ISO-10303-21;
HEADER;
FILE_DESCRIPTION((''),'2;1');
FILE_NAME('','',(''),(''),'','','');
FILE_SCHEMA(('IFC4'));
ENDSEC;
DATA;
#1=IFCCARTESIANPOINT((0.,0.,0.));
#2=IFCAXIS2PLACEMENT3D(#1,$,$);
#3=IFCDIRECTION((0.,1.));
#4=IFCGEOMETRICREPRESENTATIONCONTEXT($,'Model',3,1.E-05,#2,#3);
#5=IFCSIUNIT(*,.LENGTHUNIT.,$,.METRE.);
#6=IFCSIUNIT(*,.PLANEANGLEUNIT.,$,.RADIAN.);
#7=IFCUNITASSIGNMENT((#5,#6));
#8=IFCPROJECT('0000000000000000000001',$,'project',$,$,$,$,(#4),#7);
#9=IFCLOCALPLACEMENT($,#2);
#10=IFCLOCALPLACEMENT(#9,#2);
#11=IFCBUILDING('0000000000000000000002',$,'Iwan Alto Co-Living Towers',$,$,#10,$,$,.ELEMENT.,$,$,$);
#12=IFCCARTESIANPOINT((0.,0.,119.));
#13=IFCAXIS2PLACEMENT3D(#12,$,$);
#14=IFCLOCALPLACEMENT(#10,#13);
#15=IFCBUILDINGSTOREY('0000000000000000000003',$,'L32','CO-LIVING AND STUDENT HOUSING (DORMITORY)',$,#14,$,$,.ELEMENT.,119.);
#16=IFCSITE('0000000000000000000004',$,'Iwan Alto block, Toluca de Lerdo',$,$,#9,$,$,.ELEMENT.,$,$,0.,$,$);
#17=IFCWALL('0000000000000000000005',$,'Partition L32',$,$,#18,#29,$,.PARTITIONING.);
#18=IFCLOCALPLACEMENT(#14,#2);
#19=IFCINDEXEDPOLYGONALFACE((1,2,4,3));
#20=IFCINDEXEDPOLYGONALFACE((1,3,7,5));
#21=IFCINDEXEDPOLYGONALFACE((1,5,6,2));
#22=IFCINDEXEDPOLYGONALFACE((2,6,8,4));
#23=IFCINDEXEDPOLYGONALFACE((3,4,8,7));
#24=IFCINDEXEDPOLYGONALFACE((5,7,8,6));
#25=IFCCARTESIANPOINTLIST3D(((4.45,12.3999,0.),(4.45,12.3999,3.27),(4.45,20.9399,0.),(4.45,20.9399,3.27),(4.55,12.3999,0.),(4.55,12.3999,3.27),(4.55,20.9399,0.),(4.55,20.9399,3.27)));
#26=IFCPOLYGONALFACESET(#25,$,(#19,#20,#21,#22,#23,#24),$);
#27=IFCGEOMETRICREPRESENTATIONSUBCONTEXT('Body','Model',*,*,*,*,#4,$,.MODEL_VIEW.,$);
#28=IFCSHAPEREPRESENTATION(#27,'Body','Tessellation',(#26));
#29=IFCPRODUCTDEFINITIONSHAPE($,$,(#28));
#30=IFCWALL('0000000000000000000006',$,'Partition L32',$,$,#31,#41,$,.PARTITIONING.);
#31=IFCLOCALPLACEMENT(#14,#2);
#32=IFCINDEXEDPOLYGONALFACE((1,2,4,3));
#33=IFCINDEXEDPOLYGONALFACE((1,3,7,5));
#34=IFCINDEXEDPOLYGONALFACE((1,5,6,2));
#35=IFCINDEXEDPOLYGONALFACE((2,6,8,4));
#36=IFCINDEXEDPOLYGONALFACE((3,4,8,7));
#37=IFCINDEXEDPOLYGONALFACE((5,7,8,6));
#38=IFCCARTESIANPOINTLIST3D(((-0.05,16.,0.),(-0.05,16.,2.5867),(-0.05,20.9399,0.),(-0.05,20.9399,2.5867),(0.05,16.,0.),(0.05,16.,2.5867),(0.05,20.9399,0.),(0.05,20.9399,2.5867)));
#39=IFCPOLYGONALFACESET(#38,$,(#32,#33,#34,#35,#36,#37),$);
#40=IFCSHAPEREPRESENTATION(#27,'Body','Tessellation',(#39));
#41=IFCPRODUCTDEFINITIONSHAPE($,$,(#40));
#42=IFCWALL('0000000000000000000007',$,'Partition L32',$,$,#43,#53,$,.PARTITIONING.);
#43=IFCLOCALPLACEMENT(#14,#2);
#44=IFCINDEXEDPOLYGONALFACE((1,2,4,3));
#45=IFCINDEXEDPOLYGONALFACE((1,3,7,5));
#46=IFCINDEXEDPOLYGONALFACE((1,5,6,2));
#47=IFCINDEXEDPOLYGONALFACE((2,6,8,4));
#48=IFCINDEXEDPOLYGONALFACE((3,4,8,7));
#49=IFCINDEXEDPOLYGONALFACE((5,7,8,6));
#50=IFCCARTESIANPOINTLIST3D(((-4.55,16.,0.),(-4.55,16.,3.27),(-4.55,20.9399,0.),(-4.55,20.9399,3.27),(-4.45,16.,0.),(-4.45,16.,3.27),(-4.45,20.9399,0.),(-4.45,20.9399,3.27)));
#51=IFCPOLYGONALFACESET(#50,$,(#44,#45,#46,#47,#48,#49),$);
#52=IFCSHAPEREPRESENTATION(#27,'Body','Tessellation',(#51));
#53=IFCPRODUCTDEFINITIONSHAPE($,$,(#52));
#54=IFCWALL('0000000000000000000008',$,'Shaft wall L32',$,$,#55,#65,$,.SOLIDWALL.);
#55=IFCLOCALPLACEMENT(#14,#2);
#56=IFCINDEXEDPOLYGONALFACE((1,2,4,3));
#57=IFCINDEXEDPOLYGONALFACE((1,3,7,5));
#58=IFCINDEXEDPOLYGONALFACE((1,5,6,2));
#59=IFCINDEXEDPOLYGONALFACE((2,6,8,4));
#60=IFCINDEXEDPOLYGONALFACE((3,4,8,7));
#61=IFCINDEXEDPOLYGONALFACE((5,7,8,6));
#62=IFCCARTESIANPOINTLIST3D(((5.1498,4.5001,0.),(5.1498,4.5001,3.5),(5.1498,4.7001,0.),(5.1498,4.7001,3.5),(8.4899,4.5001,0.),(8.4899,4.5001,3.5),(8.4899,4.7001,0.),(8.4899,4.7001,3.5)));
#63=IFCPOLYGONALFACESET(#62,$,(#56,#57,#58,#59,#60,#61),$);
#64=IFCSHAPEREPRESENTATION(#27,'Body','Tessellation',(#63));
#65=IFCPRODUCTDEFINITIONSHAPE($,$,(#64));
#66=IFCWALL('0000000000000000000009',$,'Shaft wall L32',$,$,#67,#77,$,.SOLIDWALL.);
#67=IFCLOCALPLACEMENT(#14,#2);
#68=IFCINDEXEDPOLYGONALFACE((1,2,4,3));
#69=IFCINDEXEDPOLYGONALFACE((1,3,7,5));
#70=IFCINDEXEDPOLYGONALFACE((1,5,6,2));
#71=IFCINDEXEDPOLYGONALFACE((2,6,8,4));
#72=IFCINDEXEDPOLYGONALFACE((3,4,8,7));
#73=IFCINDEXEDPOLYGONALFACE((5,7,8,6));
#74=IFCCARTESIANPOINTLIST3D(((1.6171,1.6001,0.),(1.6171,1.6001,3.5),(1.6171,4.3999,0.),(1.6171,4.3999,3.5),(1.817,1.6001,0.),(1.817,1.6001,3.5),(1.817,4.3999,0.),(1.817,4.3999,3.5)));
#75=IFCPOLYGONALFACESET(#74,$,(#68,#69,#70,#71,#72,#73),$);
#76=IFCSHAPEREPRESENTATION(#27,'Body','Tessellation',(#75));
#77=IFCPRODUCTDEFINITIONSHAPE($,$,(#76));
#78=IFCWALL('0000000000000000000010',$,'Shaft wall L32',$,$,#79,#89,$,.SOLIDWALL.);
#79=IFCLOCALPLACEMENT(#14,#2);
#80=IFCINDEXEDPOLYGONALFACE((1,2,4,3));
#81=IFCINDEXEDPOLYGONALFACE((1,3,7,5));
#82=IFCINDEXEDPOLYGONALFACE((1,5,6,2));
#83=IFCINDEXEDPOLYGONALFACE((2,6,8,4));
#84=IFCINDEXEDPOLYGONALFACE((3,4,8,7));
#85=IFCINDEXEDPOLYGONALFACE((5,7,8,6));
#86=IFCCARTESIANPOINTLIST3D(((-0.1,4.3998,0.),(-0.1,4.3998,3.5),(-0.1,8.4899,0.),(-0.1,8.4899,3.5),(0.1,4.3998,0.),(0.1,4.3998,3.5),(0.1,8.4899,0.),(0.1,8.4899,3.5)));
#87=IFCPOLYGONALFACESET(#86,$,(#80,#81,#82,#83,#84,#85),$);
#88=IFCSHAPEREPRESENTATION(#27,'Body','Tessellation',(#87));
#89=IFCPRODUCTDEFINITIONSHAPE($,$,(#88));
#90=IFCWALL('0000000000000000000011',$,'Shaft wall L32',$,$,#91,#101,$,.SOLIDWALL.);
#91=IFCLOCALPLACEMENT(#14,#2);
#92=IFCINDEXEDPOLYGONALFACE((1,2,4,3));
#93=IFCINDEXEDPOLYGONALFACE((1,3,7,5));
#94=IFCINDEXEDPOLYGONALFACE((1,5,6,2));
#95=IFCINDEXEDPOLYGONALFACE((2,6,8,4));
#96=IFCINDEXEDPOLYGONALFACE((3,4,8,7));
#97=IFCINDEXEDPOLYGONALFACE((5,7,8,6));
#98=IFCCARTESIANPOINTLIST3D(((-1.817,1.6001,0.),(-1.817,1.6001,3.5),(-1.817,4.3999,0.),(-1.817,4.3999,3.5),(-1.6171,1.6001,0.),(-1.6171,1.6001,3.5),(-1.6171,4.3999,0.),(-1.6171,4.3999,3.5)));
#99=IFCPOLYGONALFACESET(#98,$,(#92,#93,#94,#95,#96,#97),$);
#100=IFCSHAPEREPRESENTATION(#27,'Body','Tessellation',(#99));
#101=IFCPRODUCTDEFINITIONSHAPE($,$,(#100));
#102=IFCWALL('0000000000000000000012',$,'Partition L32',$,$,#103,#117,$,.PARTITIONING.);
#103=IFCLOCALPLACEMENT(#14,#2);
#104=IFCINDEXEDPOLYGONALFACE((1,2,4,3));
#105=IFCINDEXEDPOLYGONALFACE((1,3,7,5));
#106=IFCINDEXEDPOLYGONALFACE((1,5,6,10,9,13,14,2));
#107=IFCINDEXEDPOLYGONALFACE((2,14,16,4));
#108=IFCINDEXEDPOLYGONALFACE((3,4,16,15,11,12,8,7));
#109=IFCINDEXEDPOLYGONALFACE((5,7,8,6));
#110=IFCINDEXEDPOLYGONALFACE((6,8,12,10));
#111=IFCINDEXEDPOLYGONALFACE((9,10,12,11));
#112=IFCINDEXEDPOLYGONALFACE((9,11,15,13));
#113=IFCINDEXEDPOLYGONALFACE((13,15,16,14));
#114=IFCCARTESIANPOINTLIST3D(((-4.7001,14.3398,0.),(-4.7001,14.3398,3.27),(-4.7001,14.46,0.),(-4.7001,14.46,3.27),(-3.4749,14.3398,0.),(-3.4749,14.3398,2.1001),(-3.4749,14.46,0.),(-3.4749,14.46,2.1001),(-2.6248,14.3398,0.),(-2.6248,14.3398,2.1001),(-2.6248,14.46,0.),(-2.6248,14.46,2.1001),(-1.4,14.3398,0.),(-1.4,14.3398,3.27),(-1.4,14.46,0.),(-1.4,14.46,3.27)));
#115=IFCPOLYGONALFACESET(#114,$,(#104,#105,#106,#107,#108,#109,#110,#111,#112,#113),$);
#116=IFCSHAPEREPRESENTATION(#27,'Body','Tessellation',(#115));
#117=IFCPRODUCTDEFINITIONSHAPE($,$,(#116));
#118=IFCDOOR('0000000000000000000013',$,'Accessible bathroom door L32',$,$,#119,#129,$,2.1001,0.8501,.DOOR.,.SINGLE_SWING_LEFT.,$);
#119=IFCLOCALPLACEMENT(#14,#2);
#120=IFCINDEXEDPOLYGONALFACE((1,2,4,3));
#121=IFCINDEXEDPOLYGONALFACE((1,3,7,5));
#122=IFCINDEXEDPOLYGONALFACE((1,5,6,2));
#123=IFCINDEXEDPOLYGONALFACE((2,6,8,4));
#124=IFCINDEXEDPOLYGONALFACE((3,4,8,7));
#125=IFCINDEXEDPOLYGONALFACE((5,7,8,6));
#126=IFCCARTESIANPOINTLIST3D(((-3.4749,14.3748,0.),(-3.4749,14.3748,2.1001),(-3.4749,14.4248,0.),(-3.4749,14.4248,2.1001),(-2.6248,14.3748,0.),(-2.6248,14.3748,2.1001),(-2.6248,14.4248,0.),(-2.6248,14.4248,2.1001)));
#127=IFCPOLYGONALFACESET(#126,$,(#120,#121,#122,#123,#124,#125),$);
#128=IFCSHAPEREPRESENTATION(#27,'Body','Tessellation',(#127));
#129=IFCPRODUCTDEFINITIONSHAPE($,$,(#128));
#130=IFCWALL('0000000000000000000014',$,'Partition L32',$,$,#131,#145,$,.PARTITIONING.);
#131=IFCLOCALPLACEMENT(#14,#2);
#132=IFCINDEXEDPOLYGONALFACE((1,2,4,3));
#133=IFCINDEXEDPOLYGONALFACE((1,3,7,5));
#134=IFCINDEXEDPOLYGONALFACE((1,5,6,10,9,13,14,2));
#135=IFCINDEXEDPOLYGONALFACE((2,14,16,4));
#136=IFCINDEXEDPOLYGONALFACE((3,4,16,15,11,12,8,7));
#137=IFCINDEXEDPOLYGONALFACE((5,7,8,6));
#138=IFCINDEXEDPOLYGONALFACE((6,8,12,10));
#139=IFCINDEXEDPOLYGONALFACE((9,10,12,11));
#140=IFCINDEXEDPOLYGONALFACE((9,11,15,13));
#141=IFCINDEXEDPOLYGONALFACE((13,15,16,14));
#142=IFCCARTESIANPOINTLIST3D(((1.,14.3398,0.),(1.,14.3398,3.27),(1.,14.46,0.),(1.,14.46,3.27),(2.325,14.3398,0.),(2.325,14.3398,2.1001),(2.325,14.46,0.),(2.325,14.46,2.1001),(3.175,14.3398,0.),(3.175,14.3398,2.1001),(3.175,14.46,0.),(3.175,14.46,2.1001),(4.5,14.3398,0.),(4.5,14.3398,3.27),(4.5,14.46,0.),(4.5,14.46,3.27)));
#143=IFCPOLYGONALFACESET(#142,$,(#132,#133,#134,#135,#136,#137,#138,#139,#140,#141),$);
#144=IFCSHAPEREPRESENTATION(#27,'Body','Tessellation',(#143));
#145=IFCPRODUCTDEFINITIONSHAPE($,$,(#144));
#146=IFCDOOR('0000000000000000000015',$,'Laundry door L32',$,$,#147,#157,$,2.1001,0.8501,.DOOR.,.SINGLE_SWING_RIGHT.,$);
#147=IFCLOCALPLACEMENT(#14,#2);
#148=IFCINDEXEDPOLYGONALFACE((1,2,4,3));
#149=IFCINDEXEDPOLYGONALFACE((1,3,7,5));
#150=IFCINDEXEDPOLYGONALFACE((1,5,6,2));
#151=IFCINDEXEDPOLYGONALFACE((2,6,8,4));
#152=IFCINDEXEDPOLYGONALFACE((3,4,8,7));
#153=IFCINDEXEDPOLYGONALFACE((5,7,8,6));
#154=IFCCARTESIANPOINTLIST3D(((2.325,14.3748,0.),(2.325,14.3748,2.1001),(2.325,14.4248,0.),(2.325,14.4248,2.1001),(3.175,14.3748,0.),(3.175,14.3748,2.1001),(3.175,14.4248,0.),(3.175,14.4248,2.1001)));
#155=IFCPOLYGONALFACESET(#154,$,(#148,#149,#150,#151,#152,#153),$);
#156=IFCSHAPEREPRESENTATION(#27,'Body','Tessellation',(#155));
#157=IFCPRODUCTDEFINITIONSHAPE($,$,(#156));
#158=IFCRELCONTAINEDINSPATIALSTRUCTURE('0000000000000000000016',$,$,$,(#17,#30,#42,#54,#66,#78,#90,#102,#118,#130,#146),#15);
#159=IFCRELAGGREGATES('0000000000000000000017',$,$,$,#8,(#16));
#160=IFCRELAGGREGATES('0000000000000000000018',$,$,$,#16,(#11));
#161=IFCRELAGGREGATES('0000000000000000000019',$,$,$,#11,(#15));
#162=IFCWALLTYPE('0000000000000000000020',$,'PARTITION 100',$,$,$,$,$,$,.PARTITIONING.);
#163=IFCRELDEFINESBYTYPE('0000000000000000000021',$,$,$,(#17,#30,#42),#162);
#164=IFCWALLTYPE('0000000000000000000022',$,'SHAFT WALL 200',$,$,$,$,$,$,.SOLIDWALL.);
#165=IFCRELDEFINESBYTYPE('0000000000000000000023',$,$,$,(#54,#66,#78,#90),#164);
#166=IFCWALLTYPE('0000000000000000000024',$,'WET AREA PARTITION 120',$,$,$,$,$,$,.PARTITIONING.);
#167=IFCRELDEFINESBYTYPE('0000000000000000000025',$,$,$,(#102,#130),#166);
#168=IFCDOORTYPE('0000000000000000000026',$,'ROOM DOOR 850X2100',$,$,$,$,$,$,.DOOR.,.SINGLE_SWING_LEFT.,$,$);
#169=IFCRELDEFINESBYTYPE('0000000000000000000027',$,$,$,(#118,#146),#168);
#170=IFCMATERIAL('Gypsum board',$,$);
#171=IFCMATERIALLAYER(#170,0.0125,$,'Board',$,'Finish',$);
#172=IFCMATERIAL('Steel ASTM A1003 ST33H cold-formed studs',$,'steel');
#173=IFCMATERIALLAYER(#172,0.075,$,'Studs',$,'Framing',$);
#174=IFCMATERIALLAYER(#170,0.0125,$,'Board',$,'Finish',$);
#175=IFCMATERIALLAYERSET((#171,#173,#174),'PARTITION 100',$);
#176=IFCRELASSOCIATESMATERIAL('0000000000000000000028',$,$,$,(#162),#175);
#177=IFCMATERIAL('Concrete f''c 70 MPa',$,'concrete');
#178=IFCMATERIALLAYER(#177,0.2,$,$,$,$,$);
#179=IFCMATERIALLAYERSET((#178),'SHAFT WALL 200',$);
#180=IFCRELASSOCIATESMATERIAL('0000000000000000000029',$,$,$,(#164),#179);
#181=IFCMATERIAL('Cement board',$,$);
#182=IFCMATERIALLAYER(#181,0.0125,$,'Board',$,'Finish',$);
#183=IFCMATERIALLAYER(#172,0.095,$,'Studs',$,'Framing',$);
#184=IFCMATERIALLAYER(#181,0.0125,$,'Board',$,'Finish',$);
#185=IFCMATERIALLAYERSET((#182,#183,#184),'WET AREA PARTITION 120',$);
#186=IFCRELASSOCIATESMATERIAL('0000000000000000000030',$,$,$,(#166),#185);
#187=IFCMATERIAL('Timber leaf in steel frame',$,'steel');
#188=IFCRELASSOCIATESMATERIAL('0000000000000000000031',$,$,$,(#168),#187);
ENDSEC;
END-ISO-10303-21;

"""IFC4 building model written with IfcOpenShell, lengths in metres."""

from ifc_helpers import new_model, si_unit, direction, frame, frame_2d, origin, place, context, subcontext, project, spatial, rectangle, extrude, material, layer, layer_set, type_object, element, fill, save


model = new_model("IFC4")

# Units and contexts
model_context = context("Model", 3, precision=1e-05, world=origin(), true_north=direction((0.0, 1.0)))
body_context = subcontext(model_context, "Body", "Model", "MODEL_VIEW")
ifc_project = project(units=[si_unit("LENGTHUNIT", "METRE"), si_unit("PLANEANGLEUNIT", "RADIAN")], contexts=[model_context])

# Site, building, storey
site_placement = place(None, origin())
site = spatial("IfcSite", under=ifc_project, at=site_placement, Name="Iwan Alto block, Toluca de Lerdo", CompositionType="ELEMENT", RefElevation=0.0)
building_placement = place(site_placement, origin())
building = spatial("IfcBuilding", under=site, at=building_placement, Name="Iwan Alto Co-Living Towers", CompositionType="ELEMENT")
storey_placement = place(building_placement, frame((0.0, 0.0, 119.0)))
storey = spatial("IfcBuildingStorey", under=building, at=storey_placement, Name="L32", Description="CO-LIVING AND STUDENT HOUSING (DORMITORY)", CompositionType="ELEMENT", Elevation=119.0)

# Walls
ifc_material_1 = material(Name="Gypsum board")
ifc_layer_1 = layer(ifc_material_1, 0.0125, Name="Board", Category="Finish")
ifc_material_2 = material(Name="Steel ASTM A1003 ST33H cold-formed studs", Category="steel")
ifc_layer_2 = layer(ifc_material_2, 0.075, Name="Studs", Category="Framing")
ifc_layer_3 = layer(ifc_material_1, 0.0125, Name="Board", Category="Finish")
ifc_layer_set_1 = layer_set([ifc_layer_1, ifc_layer_2, ifc_layer_3], Name="PARTITION 100")
wall_type_1 = type_object("IfcWallType", Name="PARTITION 100", PredefinedType="PARTITIONING", material=ifc_layer_set_1)
wall_1_placement = place(storey_placement, frame((4.5, 12.3999, 0.0), z_axis=(0.0, 0.0, 1.0), x_axis=(0.0, 1.0, 0.0)))
element("IfcWall", 1, at=wall_1_placement, inside=storey, type_object=wall_type_1, Name="Partition L32", PredefinedType="PARTITIONING", context=body_context, shape_type="SweptSolid", body=[
    extrude(rectangle(XDim=8.54, YDim=0.1001, at=frame_2d((4.27, 0.0))), origin(), (0.0, 0.0, 1.0), 3.27),
])
wall_2_placement = place(storey_placement, frame((0.0, 16.0, 0.0), z_axis=(0.0, 0.0, 1.0), x_axis=(0.0, 1.0, 0.0)))
element("IfcWall", 2, at=wall_2_placement, inside=storey, type_object=wall_type_1, Name="Partition L32", PredefinedType="PARTITIONING", context=body_context, shape_type="SweptSolid", body=[
    extrude(rectangle(XDim=4.9399, YDim=0.1001, at=frame_2d((2.47, 0.0))), origin(), (0.0, 0.0, 1.0), 2.5867),
])
wall_3_placement = place(storey_placement, frame((-4.5, 16.0, 0.0), z_axis=(0.0, 0.0, 1.0), x_axis=(0.0, 1.0, 0.0)))
element("IfcWall", 3, at=wall_3_placement, inside=storey, type_object=wall_type_1, Name="Partition L32", PredefinedType="PARTITIONING", context=body_context, shape_type="SweptSolid", body=[
    extrude(rectangle(XDim=4.9399, YDim=0.1001, at=frame_2d((2.47, 0.0))), origin(), (0.0, 0.0, 1.0), 3.27),
])
ifc_material_3 = material(Name="Concrete f'c 70 MPa", Category="concrete")
ifc_layer_4 = layer(ifc_material_3, 0.2)
ifc_layer_set_2 = layer_set([ifc_layer_4], Name="SHAFT WALL 200")
wall_type_2 = type_object("IfcWallType", Name="SHAFT WALL 200", PredefinedType="SOLIDWALL", material=ifc_layer_set_2)
wall_4_placement = place(storey_placement, frame((5.1499, 4.6001, 0.0), z_axis=(0.0, 0.0, 1.0), x_axis=(1.0, 0.0, 0.0)))
element("IfcWall", 4, at=wall_4_placement, inside=storey, type_object=wall_type_2, Name="Shaft wall L32", PredefinedType="SOLIDWALL", context=body_context, shape_type="SweptSolid", body=[
    extrude(rectangle(XDim=3.3401, YDim=0.2, at=frame_2d((1.6699, 0.0))), origin(), (0.0, 0.0, 1.0), 3.5),
])
wall_5_placement = place(storey_placement, frame((1.717, 1.6001, 0.0), z_axis=(0.0, 0.0, 1.0), x_axis=(0.0, 1.0, 0.0)))
element("IfcWall", 5, at=wall_5_placement, inside=storey, type_object=wall_type_2, Name="Shaft wall L32", PredefinedType="SOLIDWALL", context=body_context, shape_type="SweptSolid", body=[
    extrude(rectangle(XDim=2.7998, YDim=0.2, at=frame_2d((1.3999, 0.0))), origin(), (0.0, 0.0, 1.0), 3.5),
])
wall_6_placement = place(storey_placement, frame((0.0, 4.3999, 0.0), z_axis=(0.0, 0.0, 1.0), x_axis=(0.0, 1.0, 0.0)))
element("IfcWall", 6, at=wall_6_placement, inside=storey, type_object=wall_type_2, Name="Shaft wall L32", PredefinedType="SOLIDWALL", context=body_context, shape_type="SweptSolid", body=[
    extrude(rectangle(XDim=4.0901, YDim=0.2, at=frame_2d((2.0449, 0.0))), origin(), (0.0, 0.0, 1.0), 3.5),
])
wall_7_placement = place(storey_placement, frame((-1.717, 1.6001, 0.0), z_axis=(0.0, 0.0, 1.0), x_axis=(0.0, 1.0, 0.0)))
element("IfcWall", 7, at=wall_7_placement, inside=storey, type_object=wall_type_2, Name="Shaft wall L32", PredefinedType="SOLIDWALL", context=body_context, shape_type="SweptSolid", body=[
    extrude(rectangle(XDim=2.7998, YDim=0.2, at=frame_2d((1.3999, 0.0))), origin(), (0.0, 0.0, 1.0), 3.5),
])

# Walls, openings, doors
ifc_material_4 = material(Name="Cement board")
ifc_layer_5 = layer(ifc_material_4, 0.0125, Name="Board", Category="Finish")
ifc_layer_6 = layer(ifc_material_2, 0.095, Name="Studs", Category="Framing")
ifc_layer_7 = layer(ifc_material_4, 0.0125, Name="Board", Category="Finish")
ifc_layer_set_3 = layer_set([ifc_layer_5, ifc_layer_6, ifc_layer_7], Name="WET AREA PARTITION 120")
wall_type_3 = type_object("IfcWallType", Name="WET AREA PARTITION 120", PredefinedType="PARTITIONING", material=ifc_layer_set_3)
wall_8_placement = place(storey_placement, frame((-4.7, 14.3999, 0.0), z_axis=(0.0, 0.0, 1.0), x_axis=(1.0, 0.0, 0.0)))
wall_8 = element("IfcWall", 8, at=wall_8_placement, inside=storey, type_object=wall_type_3, Name="Partition L32", PredefinedType="PARTITIONING", context=body_context, shape_type="SweptSolid", body=[
    extrude(rectangle(XDim=3.3, YDim=0.1201, at=frame_2d((1.6499, 0.0))), origin(), (0.0, 0.0, 1.0), 3.27),
])
opening_1_placement = place(wall_8_placement, frame((1.2251, 0.0, 0.0)))
opening_1 = element("IfcOpeningElement", 9, at=opening_1_placement, cuts=wall_8, PredefinedType="OPENING", context=body_context, shape_type="SweptSolid", body=[
    extrude(rectangle(XDim=0.8501, YDim=2.1001, at=frame_2d((0.425, 1.05))), frame((0.0, 0.0701, 0.0), z_axis=(0.0, -1.0, 0.0), x_axis=(1.0, 0.0, 0.0)), (0.0, 0.0, 1.0), 0.1401),
])
ifc_material_5 = material(Name="Timber leaf in steel frame", Category="steel")
door_type = type_object("IfcDoorType", Name="ROOM DOOR 850X2100", OperationType="SINGLE_SWING_LEFT", PredefinedType="DOOR", material=ifc_material_5)
door_1_placement = place(opening_1_placement, origin())
door_1 = element("IfcDoor", 10, at=door_1_placement, inside=storey, type_object=door_type, Name="Accessible bathroom door L32", OperationType="SINGLE_SWING_LEFT", OverallHeight=2.1001, OverallWidth=0.8501, PredefinedType="DOOR", context=body_context, shape_type="SweptSolid", body=[
    extrude(rectangle(XDim=0.8501, YDim=2.1001, at=frame_2d((0.425, 1.05))), frame((0.0, 0.0249, 0.0), z_axis=(0.0, -1.0, 0.0), x_axis=(1.0, 0.0, 0.0)), (0.0, 0.0, 1.0), 0.05),
])
fill(opening_1, door_1)
wall_9_placement = place(storey_placement, frame((1.0, 14.3999, 0.0), z_axis=(0.0, 0.0, 1.0), x_axis=(1.0, 0.0, 0.0)))
wall_9 = element("IfcWall", 11, at=wall_9_placement, inside=storey, type_object=wall_type_3, Name="Partition L32", PredefinedType="PARTITIONING", context=body_context, shape_type="SweptSolid", body=[
    extrude(rectangle(XDim=3.5, YDim=0.1201, at=frame_2d((1.75, 0.0))), origin(), (0.0, 0.0, 1.0), 3.27),
])
opening_2_placement = place(wall_9_placement, frame((1.325, 0.0, 0.0)))
opening_2 = element("IfcOpeningElement", 12, at=opening_2_placement, cuts=wall_9, PredefinedType="OPENING", context=body_context, shape_type="SweptSolid", body=[
    extrude(rectangle(XDim=0.8501, YDim=2.1001, at=frame_2d((0.425, 1.05))), frame((0.0, 0.0701, 0.0), z_axis=(0.0, -1.0, 0.0), x_axis=(1.0, 0.0, 0.0)), (0.0, 0.0, 1.0), 0.1401),
])
door_2_placement = place(opening_2_placement, origin())
door_2 = element("IfcDoor", 13, at=door_2_placement, inside=storey, type_object=door_type, Name="Laundry door L32", OperationType="SINGLE_SWING_RIGHT", OverallHeight=2.1001, OverallWidth=0.8501, PredefinedType="DOOR", context=body_context, shape_type="SweptSolid", body=[
    extrude(rectangle(XDim=0.8501, YDim=2.1001, at=frame_2d((0.425, 1.05))), frame((0.0, 0.0249, 0.0), z_axis=(0.0, -1.0, 0.0), x_axis=(1.0, 0.0, 0.0)), (0.0, 0.0, 1.0), 0.05),
])
fill(opening_2, door_2)

save(model, "model.ifc")
